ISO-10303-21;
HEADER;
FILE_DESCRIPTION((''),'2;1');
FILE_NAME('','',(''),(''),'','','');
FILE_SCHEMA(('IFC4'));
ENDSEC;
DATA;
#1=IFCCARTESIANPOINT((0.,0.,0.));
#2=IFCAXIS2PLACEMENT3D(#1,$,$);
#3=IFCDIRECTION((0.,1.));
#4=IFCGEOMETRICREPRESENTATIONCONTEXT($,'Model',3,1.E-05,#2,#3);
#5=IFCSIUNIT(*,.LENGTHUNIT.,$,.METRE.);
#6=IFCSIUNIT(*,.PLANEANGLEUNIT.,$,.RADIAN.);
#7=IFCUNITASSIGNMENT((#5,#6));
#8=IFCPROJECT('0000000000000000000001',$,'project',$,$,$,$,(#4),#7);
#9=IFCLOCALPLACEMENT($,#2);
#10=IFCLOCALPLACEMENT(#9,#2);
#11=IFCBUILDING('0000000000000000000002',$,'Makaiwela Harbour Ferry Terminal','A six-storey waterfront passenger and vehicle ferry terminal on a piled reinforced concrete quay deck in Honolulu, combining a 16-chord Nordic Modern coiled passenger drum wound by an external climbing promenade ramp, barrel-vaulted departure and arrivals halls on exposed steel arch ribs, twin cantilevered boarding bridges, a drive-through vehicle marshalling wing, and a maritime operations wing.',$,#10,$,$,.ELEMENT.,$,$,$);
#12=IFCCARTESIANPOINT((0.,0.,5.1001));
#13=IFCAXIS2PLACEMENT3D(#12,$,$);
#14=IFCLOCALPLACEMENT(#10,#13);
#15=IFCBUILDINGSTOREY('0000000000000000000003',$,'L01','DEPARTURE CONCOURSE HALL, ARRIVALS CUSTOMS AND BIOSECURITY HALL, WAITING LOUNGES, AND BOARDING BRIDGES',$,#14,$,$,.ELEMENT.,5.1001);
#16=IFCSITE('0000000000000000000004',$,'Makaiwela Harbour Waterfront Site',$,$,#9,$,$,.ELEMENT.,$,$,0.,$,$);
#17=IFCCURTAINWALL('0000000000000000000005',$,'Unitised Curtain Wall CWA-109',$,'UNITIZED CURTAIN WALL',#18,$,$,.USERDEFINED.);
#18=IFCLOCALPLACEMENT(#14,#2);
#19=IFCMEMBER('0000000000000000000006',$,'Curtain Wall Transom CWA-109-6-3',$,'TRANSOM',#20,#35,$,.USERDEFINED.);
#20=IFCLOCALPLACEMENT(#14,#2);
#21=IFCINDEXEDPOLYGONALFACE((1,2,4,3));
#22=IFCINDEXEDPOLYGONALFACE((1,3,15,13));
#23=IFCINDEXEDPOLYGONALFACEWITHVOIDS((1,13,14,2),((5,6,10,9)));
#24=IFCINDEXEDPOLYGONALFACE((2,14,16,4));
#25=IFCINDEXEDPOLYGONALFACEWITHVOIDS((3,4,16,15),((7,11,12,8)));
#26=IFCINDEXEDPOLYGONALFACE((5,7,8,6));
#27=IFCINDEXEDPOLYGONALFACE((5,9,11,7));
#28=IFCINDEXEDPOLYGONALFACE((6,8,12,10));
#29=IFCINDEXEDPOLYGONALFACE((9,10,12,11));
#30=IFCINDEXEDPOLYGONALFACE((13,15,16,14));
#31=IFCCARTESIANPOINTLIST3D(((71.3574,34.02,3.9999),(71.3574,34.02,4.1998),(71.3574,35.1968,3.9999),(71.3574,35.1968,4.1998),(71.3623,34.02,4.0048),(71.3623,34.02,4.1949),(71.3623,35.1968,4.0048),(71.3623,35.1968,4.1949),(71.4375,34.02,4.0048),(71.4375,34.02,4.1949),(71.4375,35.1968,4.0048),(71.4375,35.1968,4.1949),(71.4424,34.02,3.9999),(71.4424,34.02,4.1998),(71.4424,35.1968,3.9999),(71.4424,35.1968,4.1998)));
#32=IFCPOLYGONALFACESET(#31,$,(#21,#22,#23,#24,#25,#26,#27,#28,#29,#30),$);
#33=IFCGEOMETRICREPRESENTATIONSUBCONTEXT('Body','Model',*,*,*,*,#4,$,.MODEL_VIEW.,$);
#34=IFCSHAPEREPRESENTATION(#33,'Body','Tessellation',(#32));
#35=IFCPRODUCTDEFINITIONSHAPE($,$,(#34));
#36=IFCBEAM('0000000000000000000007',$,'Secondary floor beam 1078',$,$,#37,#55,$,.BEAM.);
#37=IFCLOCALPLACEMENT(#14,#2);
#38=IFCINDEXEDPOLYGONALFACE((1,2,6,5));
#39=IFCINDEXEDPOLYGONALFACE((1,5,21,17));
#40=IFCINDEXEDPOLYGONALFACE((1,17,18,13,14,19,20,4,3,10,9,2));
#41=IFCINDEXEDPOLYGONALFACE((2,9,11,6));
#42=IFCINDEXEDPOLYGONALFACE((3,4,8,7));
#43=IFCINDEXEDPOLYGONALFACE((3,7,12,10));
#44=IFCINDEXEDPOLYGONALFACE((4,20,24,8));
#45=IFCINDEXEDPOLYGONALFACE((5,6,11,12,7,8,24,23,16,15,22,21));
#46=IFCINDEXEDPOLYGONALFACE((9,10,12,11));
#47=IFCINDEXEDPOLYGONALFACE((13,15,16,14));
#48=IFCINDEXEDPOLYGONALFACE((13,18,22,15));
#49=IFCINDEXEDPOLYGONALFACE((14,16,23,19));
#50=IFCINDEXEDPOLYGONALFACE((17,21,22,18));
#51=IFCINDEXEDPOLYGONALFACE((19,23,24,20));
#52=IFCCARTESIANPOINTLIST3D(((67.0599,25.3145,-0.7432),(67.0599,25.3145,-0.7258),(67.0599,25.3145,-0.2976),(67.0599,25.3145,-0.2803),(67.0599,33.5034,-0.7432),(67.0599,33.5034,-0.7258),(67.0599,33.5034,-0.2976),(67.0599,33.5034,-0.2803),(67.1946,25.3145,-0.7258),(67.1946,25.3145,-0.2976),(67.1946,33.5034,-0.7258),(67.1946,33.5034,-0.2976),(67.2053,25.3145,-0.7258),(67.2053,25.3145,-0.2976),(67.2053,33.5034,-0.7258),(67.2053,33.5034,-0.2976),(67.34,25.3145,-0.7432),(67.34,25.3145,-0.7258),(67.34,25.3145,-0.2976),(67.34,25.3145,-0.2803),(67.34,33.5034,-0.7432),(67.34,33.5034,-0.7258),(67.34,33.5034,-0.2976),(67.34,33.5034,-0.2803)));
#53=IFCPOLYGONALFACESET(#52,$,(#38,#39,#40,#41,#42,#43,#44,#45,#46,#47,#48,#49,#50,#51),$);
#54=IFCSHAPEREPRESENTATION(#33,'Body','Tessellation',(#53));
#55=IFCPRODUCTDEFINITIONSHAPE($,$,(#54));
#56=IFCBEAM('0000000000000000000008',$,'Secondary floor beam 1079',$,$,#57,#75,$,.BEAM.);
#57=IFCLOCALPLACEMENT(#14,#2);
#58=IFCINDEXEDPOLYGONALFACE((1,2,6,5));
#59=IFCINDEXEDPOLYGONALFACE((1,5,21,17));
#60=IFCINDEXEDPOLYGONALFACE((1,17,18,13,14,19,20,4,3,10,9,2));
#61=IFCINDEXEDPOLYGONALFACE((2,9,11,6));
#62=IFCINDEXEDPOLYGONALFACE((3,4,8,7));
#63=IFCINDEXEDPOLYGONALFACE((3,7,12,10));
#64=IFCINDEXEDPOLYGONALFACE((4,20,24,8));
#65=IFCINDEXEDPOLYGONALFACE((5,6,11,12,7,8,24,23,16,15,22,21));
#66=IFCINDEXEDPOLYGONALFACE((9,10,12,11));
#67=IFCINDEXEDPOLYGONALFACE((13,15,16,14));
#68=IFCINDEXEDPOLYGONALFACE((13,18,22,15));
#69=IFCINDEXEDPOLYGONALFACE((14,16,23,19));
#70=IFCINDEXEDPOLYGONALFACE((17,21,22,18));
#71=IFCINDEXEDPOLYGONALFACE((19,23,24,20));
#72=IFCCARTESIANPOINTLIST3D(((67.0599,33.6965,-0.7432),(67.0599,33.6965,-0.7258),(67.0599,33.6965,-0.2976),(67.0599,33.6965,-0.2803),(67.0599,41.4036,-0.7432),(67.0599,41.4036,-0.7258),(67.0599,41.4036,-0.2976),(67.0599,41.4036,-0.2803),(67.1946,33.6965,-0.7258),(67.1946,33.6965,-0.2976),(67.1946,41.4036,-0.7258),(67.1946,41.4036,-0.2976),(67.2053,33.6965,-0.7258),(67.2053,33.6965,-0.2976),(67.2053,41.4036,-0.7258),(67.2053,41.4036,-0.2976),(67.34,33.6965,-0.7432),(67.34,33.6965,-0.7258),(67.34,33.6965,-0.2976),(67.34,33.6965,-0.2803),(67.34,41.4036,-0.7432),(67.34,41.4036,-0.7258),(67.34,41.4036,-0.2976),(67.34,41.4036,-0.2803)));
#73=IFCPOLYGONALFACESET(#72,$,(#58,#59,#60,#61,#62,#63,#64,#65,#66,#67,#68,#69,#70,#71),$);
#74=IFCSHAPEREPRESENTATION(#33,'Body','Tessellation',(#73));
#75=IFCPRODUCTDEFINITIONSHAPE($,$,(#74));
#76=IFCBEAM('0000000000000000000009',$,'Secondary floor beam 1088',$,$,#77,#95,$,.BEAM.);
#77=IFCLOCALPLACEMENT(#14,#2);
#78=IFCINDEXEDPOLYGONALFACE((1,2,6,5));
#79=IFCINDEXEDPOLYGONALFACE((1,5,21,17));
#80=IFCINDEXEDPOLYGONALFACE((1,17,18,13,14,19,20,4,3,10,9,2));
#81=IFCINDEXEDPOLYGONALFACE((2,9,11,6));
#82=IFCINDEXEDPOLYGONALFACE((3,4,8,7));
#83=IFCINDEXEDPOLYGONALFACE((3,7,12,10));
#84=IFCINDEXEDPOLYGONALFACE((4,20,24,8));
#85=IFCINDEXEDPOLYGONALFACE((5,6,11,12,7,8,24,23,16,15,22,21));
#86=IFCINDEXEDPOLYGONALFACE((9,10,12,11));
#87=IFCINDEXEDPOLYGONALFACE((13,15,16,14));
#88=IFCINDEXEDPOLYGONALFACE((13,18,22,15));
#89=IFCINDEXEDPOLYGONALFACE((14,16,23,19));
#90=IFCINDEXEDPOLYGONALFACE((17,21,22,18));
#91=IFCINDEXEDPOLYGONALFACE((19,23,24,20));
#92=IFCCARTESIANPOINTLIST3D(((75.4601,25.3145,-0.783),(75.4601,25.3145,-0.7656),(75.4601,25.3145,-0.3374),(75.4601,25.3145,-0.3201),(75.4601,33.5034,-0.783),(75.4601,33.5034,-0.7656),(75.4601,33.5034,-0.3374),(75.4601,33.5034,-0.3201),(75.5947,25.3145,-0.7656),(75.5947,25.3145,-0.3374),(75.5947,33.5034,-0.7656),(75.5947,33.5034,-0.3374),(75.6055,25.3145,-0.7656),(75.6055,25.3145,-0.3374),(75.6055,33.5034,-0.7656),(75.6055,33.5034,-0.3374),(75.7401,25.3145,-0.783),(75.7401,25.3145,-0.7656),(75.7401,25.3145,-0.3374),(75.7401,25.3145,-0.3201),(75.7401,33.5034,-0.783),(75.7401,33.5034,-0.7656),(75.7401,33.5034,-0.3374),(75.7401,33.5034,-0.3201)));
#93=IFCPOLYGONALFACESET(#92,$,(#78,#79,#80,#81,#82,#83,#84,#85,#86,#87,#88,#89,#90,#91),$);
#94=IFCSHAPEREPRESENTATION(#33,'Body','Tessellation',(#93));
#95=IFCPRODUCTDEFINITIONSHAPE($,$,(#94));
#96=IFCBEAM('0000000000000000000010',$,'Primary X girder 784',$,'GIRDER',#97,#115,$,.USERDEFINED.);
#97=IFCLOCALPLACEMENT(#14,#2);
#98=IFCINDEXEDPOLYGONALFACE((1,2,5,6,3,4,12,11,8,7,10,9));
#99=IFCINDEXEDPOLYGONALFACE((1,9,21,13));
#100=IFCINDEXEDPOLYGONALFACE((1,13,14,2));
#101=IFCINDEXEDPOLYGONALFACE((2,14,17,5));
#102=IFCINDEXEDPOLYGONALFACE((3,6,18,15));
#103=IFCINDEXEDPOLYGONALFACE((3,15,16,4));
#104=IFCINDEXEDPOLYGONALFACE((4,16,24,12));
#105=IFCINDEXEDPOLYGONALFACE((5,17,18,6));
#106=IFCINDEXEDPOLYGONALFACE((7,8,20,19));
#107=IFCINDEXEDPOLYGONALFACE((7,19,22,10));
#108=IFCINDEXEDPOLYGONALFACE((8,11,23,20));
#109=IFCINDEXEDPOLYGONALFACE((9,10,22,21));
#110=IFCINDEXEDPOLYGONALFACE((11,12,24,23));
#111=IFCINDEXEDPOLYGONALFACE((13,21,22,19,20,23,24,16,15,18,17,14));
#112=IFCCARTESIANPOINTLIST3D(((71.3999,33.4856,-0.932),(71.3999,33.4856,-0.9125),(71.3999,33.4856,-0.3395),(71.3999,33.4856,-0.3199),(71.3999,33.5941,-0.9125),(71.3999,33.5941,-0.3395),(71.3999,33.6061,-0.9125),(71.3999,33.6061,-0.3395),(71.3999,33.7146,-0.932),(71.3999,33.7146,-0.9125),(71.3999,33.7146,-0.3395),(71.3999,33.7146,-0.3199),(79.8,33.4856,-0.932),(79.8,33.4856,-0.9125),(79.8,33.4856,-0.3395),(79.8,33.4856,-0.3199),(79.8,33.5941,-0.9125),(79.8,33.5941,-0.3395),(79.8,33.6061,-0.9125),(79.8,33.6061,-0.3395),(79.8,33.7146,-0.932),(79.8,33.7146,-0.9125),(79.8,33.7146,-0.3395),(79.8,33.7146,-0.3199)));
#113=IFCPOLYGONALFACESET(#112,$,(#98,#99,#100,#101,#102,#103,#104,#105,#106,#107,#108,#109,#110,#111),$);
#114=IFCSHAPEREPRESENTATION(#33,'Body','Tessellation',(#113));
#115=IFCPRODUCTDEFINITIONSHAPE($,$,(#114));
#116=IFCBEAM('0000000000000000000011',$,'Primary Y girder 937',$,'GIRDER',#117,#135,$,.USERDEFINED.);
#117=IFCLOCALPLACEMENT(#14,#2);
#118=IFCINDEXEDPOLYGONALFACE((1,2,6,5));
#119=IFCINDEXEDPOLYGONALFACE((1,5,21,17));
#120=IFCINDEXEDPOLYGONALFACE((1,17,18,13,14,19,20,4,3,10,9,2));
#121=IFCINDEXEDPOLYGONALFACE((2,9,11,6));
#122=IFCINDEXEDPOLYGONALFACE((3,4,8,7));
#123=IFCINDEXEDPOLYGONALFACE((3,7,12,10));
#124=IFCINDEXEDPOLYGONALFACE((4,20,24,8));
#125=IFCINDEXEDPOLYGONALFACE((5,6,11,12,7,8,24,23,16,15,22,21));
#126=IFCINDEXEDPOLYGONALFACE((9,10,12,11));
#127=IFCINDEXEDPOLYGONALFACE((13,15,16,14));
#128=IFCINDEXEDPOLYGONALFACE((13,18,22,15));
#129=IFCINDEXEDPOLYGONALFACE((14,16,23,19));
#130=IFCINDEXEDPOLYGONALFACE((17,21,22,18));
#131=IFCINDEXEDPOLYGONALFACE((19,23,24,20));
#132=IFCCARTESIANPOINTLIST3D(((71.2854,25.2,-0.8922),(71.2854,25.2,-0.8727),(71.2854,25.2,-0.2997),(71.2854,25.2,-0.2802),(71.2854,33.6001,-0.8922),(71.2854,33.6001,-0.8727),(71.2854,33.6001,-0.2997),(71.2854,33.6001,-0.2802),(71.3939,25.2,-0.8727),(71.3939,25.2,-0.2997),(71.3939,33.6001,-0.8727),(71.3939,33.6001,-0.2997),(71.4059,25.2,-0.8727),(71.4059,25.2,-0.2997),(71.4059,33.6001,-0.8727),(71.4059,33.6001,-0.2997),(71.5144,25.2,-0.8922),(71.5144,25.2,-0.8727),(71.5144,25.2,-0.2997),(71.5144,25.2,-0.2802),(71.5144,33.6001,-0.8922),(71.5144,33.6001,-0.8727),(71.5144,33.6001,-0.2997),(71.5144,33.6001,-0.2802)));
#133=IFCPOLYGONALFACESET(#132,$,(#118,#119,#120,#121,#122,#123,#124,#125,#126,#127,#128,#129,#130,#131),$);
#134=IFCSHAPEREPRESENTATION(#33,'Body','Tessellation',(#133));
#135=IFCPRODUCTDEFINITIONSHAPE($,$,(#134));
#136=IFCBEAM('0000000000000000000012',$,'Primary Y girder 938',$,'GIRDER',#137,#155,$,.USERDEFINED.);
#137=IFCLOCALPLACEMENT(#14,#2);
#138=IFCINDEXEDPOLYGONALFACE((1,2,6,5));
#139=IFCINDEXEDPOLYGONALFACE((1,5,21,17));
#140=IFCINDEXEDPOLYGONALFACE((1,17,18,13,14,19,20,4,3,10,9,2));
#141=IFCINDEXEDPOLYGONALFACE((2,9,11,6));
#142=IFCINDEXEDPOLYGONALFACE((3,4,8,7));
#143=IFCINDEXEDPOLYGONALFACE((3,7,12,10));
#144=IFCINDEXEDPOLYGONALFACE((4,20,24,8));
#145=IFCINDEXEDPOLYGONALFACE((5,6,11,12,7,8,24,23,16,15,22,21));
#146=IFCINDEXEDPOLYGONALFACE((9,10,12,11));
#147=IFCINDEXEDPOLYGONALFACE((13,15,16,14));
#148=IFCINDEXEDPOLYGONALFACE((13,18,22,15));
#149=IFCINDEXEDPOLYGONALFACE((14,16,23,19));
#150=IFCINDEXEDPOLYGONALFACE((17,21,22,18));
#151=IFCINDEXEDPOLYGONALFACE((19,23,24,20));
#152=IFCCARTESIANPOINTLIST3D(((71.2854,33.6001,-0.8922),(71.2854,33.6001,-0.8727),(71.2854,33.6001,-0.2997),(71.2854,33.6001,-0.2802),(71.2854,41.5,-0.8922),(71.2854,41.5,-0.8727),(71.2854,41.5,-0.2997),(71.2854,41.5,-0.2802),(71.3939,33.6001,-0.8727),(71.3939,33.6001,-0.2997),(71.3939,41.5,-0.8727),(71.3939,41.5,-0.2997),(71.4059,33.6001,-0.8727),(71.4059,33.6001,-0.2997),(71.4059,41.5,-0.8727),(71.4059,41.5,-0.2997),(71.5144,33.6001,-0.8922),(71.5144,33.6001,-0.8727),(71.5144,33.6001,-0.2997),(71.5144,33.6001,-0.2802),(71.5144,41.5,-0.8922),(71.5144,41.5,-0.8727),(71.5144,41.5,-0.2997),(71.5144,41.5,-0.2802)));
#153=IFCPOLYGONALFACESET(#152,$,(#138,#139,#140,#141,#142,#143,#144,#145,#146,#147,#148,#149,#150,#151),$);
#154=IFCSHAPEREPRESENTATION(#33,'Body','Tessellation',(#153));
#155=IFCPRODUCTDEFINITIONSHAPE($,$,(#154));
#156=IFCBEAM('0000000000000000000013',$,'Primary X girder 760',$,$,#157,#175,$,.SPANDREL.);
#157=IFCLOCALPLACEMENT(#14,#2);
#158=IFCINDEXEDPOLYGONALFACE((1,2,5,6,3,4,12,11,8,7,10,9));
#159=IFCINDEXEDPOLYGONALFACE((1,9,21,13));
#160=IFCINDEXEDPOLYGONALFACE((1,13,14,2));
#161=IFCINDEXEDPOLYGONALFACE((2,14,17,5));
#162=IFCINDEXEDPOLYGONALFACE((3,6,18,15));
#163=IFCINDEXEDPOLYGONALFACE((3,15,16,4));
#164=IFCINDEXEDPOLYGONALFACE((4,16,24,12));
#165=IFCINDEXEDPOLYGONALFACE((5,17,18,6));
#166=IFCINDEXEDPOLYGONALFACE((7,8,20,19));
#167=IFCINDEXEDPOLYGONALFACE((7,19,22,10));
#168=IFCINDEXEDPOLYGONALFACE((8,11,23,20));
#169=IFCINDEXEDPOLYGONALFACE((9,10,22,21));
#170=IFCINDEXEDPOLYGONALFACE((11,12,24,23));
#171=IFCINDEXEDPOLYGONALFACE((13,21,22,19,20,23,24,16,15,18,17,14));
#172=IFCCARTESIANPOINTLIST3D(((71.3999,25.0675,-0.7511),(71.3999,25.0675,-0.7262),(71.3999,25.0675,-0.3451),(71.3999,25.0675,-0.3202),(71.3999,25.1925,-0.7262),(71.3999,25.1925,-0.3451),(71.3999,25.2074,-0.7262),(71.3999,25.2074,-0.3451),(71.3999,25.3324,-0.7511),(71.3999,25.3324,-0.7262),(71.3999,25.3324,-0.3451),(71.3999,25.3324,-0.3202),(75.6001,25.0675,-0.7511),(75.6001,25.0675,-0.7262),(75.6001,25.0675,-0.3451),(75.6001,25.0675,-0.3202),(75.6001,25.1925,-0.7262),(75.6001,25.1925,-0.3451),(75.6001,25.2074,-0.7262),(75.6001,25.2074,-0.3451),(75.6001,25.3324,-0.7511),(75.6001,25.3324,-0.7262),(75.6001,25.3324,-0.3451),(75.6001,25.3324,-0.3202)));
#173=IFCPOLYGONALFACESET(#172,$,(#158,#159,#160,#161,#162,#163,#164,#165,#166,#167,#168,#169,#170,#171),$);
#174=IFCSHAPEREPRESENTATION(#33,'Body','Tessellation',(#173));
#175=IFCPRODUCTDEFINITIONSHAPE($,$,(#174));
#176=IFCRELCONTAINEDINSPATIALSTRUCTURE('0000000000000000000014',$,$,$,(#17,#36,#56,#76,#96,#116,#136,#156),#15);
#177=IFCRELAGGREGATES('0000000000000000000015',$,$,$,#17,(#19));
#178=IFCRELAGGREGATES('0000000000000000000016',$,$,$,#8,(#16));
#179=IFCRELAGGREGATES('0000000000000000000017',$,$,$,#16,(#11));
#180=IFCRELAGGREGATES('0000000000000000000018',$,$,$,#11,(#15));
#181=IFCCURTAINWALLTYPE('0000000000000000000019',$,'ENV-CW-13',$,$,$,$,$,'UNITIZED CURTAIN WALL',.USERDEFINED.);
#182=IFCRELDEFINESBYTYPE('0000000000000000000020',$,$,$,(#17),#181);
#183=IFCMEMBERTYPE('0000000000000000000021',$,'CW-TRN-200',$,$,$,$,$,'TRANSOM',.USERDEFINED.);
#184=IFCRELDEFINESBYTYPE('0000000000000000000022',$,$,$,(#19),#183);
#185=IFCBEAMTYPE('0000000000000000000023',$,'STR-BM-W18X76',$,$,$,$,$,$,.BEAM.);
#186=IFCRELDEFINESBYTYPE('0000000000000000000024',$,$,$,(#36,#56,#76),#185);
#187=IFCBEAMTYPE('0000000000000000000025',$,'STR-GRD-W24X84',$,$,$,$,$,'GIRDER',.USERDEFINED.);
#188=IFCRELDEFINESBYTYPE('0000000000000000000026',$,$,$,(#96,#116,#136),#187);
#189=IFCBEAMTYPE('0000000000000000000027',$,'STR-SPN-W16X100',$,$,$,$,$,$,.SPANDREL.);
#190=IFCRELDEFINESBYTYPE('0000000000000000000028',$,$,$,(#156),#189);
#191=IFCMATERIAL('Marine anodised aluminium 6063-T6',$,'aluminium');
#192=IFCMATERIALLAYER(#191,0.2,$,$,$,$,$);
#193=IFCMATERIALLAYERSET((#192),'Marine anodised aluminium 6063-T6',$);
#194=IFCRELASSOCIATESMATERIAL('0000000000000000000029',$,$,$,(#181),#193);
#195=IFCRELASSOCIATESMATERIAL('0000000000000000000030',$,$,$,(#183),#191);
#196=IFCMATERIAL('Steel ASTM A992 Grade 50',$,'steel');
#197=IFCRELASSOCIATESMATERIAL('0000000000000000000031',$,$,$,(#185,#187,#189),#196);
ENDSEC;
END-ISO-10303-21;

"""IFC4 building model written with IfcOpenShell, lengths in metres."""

from ifc_helpers import new_model, si_unit, direction, frame, origin, origin_2d, place, context, subcontext, project, spatial, hollow_rectangle, i_section, extrude, material, layer, layer_set, material_profile, profile_set, type_object, element, aggregate, save


model = new_model("IFC4")

# Units and contexts
model_context = context("Model", 3, precision=1e-05, world=origin(), true_north=direction((0.0, 1.0)))
body_context = subcontext(model_context, "Body", "Model", "MODEL_VIEW")
ifc_project = project(units=[si_unit("LENGTHUNIT", "METRE"), si_unit("PLANEANGLEUNIT", "RADIAN")], contexts=[model_context])

# Site, building, storey
site_placement = place(None, origin())
site = spatial("IfcSite", under=ifc_project, at=site_placement, Name="Makaiwela Harbour Waterfront Site", CompositionType="ELEMENT", RefElevation=0.0)
building_placement = place(site_placement, origin())
building = spatial("IfcBuilding", under=site, at=building_placement, Name="Makaiwela Harbour Ferry Terminal", Description="A six-storey waterfront passenger and vehicle ferry terminal on a piled reinforced concrete quay deck in Honolulu, combining a 16-chord Nordic Modern coiled passenger drum wound by an external climbing promenade ramp, barrel-vaulted departure and arrivals halls on exposed steel arch ribs, twin cantilevered boarding bridges, a drive-through vehicle marshalling wing, and a maritime operations wing.", CompositionType="ELEMENT")
storey_placement = place(building_placement, frame((0.0, 0.0, 5.1001)))
storey = spatial("IfcBuildingStorey", under=building, at=storey_placement, Name="L01", Description="DEPARTURE CONCOURSE HALL, ARRIVALS CUSTOMS AND BIOSECURITY HALL, WAITING LOUNGES, AND BOARDING BRIDGES", CompositionType="ELEMENT", Elevation=5.1001)

# Shared definitions
ifc_material_1 = material(Name="Steel ASTM A992 Grade 50", Category="steel")

# Curtain wall, member
ifc_material_2 = material(Name="Marine anodised aluminium 6063-T6", Category="aluminium")
ifc_layer_1 = layer(ifc_material_2, 0.2)
ifc_layer_set_1 = layer_set([ifc_layer_1], Name="Marine anodised aluminium 6063-T6")
curtain_wall_type = type_object("IfcCurtainWallType", Name="ENV-CW-13", ElementType="UNITIZED CURTAIN WALL", PredefinedType="USERDEFINED", material=ifc_layer_set_1)
curtain_wall_placement = place(storey_placement, origin())
curtain_wall = element("IfcCurtainWall", 1, at=curtain_wall_placement, inside=storey, type_object=curtain_wall_type, Name="Unitised Curtain Wall CWA-109", ObjectType="UNITIZED CURTAIN WALL", PredefinedType="USERDEFINED")
ifc_material_profile_1 = material_profile(ifc_material_2, hollow_rectangle(XDim=0.085, YDim=0.2, WallThickness=0.0049, at=origin_2d()), Name="CWT-200X85")
ifc_profile_set_1 = profile_set([ifc_material_profile_1], Name="Marine anodised aluminium 6063-T6")
member_type_1 = type_object("IfcMemberType", Name="CW-TRN-200", ElementType="TRANSOM", PredefinedType="USERDEFINED", material=ifc_profile_set_1)
member_1_placement = place(storey_placement, frame((71.3999, 35.1968, 4.0999), z_axis=(0.0, -1.0, 0.0), x_axis=(1.0, 0.0, 0.0)))
member_1 = element("IfcMember", 2, at=member_1_placement, type_object=member_type_1, Name="Curtain Wall Transom CWA-109-6-3", ObjectType="TRANSOM", PredefinedType="USERDEFINED", context=body_context, shape_type="SweptSolid", body=[
    extrude(hollow_rectangle(XDim=0.085, YDim=0.2, WallThickness=0.0049, at=origin_2d()), origin(), (0.0, 0.0, 1.0), 1.1768),
])

# Beams
ifc_material_profile_2 = material_profile(ifc_material_1, i_section(OverallWidth=0.28, OverallDepth=0.4629, WebThickness=0.0107, FlangeThickness=0.0173, at=origin_2d()), Name="W18X76")
ifc_profile_set_2 = profile_set([ifc_material_profile_2], Name="Steel ASTM A992 Grade 50")
beam_type_1 = type_object("IfcBeamType", Name="STR-BM-W18X76", PredefinedType="BEAM", material=ifc_profile_set_2)
beam_1_placement = place(storey_placement, frame((67.2, 25.3145, -0.5117), z_axis=(0.0, 1.0, 0.0), x_axis=(-1.0, 0.0, 0.0)))
element("IfcBeam", 3, at=beam_1_placement, inside=storey, type_object=beam_type_1, Name="Secondary floor beam 1078", PredefinedType="BEAM", context=body_context, shape_type="SweptSolid", body=[
    extrude(i_section(OverallWidth=0.28, OverallDepth=0.4629, WebThickness=0.0107, FlangeThickness=0.0173, at=origin_2d()), origin(), (0.0, 0.0, 1.0), 8.189),
])
beam_2_placement = place(storey_placement, frame((67.2, 33.6965, -0.5117), z_axis=(0.0, 1.0, 0.0), x_axis=(-1.0, 0.0, 0.0)))
element("IfcBeam", 4, at=beam_2_placement, inside=storey, type_object=beam_type_1, Name="Secondary floor beam 1079", PredefinedType="BEAM", context=body_context, shape_type="SweptSolid", body=[
    extrude(i_section(OverallWidth=0.28, OverallDepth=0.4629, WebThickness=0.0107, FlangeThickness=0.0173, at=origin_2d()), origin(), (0.0, 0.0, 1.0), 7.707),
])
beam_3_placement = place(storey_placement, frame((75.6001, 25.3145, -0.5515), z_axis=(0.0, 1.0, 0.0), x_axis=(-1.0, 0.0, 0.0)))
element("IfcBeam", 5, at=beam_3_placement, inside=storey, type_object=beam_type_1, Name="Secondary floor beam 1088", PredefinedType="BEAM", context=body_context, shape_type="SweptSolid", body=[
    extrude(i_section(OverallWidth=0.28, OverallDepth=0.4629, WebThickness=0.0107, FlangeThickness=0.0173, at=origin_2d()), origin(), (0.0, 0.0, 1.0), 8.189),
])
ifc_material_profile_3 = material_profile(ifc_material_1, i_section(OverallWidth=0.229, OverallDepth=0.6121, WebThickness=0.012, FlangeThickness=0.0195, at=origin_2d()), Name="W24X84")
ifc_profile_set_3 = profile_set([ifc_material_profile_3], Name="Steel ASTM A992 Grade 50")
beam_type_2 = type_object("IfcBeamType", Name="STR-GRD-W24X84", ElementType="GIRDER", PredefinedType="USERDEFINED", material=ifc_profile_set_3)
for number, where, z_axis, x_axis, name in (
    (6, (71.3999, 33.6001, -0.626), (1.0, 0.0, 0.0), (0.0, 1.0, 0.0), "Primary X girder 784"),
    (7, (71.3999, 25.2, -0.5862), (0.0, 1.0, 0.0), (-1.0, 0.0, 0.0), "Primary Y girder 937"),
):
    element("IfcBeam", number, at=place(storey_placement, frame(where, z_axis=z_axis, x_axis=x_axis)), inside=storey, type_object=beam_type_2, Name=name, ObjectType="GIRDER", PredefinedType="USERDEFINED", context=body_context, shape_type="SweptSolid", body=[
        extrude(i_section(OverallWidth=0.229, OverallDepth=0.6121, WebThickness=0.012, FlangeThickness=0.0195, at=origin_2d()), origin(), (0.0, 0.0, 1.0), 8.4001),
    ])
beam_4_placement = place(storey_placement, frame((71.3999, 33.6001, -0.5862), z_axis=(0.0, 1.0, 0.0), x_axis=(-1.0, 0.0, 0.0)))
element("IfcBeam", 8, at=beam_4_placement, inside=storey, type_object=beam_type_2, Name="Primary Y girder 938", ObjectType="GIRDER", PredefinedType="USERDEFINED", context=body_context, shape_type="SweptSolid", body=[
    extrude(i_section(OverallWidth=0.229, OverallDepth=0.6121, WebThickness=0.012, FlangeThickness=0.0195, at=origin_2d()), origin(), (0.0, 0.0, 1.0), 7.8999),
])
ifc_material_profile_4 = material_profile(ifc_material_1, i_section(OverallWidth=0.2649, OverallDepth=0.4309, WebThickness=0.0149, FlangeThickness=0.0249, at=origin_2d()), Name="W16X100")
ifc_profile_set_4 = profile_set([ifc_material_profile_4], Name="Steel ASTM A992 Grade 50")
beam_type_3 = type_object("IfcBeamType", Name="STR-SPN-W16X100", PredefinedType="SPANDREL", material=ifc_profile_set_4)
beam_5_placement = place(storey_placement, frame((71.3999, 25.2, -0.5356), z_axis=(1.0, 0.0, 0.0), x_axis=(0.0, 1.0, 0.0)))
element("IfcBeam", 9, at=beam_5_placement, inside=storey, type_object=beam_type_3, Name="Primary X girder 760", PredefinedType="SPANDREL", context=body_context, shape_type="SweptSolid", body=[
    extrude(i_section(OverallWidth=0.2649, OverallDepth=0.4309, WebThickness=0.0149, FlangeThickness=0.0249, at=origin_2d()), origin(), (0.0, 0.0, 1.0), 4.2002),
])

aggregate(curtain_wall, [member_1])

save(model, "model.ifc")
